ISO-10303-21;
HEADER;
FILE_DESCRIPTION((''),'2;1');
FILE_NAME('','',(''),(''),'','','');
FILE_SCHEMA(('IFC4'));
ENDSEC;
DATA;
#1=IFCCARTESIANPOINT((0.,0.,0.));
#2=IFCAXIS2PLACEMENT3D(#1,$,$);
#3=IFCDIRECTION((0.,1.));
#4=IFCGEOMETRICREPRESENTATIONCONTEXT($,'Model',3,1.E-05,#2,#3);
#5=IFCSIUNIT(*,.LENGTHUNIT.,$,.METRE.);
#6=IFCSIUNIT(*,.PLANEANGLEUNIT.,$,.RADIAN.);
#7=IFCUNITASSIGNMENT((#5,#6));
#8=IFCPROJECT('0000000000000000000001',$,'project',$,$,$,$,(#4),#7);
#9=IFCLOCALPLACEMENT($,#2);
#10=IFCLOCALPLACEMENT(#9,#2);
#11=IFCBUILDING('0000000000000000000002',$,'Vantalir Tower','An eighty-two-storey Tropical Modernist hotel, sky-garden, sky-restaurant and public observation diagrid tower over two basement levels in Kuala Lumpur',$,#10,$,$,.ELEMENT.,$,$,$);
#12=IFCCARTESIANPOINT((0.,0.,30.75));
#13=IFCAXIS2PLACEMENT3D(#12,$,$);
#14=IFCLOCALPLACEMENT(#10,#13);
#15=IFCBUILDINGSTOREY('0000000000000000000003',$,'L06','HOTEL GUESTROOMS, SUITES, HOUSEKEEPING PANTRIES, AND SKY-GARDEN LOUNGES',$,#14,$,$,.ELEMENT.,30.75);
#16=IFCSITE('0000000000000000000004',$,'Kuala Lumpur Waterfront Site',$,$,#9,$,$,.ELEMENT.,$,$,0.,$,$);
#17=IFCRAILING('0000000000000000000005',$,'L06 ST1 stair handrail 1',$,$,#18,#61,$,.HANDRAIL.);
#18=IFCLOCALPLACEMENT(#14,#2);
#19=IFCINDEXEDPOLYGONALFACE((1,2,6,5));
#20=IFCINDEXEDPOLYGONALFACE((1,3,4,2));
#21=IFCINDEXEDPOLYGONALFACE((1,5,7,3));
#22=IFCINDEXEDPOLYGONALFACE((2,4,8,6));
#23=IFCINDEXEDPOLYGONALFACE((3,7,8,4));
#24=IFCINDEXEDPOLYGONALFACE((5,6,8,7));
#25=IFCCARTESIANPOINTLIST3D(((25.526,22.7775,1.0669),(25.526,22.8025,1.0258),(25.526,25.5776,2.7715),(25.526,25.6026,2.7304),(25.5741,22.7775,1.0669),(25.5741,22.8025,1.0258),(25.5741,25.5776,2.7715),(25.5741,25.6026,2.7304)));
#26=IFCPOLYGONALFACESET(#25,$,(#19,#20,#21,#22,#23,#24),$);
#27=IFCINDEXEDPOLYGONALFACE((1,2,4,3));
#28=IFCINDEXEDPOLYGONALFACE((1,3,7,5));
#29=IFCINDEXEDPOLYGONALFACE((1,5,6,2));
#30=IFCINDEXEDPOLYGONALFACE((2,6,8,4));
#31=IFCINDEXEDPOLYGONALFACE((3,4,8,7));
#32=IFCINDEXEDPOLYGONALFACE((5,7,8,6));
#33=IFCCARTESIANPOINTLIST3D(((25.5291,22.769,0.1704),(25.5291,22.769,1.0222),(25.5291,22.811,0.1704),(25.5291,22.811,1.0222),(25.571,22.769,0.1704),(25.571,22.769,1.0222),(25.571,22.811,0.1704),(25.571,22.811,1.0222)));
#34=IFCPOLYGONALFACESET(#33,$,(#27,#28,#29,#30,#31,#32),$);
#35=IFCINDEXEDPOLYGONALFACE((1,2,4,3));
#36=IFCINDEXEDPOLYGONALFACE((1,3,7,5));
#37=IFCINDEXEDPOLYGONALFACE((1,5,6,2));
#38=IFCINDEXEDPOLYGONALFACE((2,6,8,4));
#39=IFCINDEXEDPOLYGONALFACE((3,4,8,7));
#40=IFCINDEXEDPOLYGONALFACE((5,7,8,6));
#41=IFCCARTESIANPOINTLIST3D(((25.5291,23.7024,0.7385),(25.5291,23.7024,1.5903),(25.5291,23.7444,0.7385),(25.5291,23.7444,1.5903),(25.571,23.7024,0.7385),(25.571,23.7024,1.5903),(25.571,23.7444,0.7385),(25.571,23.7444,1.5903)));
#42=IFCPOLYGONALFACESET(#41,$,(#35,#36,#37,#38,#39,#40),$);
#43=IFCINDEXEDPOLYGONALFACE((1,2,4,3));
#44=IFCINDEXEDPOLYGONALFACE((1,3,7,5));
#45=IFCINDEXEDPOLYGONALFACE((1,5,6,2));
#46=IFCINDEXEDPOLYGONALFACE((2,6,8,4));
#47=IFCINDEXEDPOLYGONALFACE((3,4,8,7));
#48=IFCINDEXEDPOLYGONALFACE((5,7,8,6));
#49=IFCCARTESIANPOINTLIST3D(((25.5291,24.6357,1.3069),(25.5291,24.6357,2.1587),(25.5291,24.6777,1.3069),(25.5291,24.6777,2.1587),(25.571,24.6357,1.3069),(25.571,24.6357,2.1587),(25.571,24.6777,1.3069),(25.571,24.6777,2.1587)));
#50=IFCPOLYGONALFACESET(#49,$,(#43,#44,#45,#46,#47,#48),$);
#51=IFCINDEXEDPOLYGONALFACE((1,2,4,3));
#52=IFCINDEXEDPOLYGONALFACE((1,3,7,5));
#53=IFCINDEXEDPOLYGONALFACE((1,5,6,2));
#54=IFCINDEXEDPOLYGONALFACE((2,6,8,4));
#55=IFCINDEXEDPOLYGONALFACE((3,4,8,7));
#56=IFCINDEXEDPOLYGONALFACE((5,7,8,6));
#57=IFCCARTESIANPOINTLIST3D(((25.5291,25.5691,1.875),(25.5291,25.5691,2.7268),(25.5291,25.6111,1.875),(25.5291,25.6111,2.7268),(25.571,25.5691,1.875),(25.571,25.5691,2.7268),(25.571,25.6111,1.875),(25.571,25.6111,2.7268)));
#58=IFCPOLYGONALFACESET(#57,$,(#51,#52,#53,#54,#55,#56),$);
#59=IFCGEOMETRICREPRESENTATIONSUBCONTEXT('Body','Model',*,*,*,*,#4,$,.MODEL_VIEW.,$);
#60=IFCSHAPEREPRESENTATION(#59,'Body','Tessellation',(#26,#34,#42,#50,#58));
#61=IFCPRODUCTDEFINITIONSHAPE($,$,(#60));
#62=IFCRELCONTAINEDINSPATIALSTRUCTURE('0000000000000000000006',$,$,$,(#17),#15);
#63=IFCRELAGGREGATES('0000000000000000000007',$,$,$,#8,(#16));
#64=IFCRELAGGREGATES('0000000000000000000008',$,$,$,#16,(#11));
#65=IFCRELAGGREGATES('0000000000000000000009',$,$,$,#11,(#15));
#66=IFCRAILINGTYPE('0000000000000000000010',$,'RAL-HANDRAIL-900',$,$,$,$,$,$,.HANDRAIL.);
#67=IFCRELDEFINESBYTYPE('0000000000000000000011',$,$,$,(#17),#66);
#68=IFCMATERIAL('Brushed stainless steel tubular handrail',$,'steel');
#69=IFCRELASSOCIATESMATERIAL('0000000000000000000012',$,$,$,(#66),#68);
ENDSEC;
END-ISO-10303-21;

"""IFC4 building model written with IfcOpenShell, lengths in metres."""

from ifc_helpers import new_model, si_unit, direction, frame, origin, origin_2d, place, context, subcontext, project, spatial, rectangle, extrude, material, type_object, element, save


model = new_model("IFC4")

# Units and contexts
model_context = context("Model", 3, precision=1e-05, world=origin(), true_north=direction((0.0, 1.0)))
body_context = subcontext(model_context, "Body", "Model", "MODEL_VIEW")
ifc_project = project(units=[si_unit("LENGTHUNIT", "METRE"), si_unit("PLANEANGLEUNIT", "RADIAN")], contexts=[model_context])

# Site, building, storey
site_placement = place(None, origin())
site = spatial("IfcSite", under=ifc_project, at=site_placement, Name="Kuala Lumpur Waterfront Site", CompositionType="ELEMENT", RefElevation=0.0)
building_placement = place(site_placement, origin())
building = spatial("IfcBuilding", under=site, at=building_placement, Name="Vantalir Tower", Description="An eighty-two-storey Tropical Modernist hotel, sky-garden, sky-restaurant and public observation diagrid tower over two basement levels in Kuala Lumpur", CompositionType="ELEMENT")
storey_placement = place(building_placement, frame((0.0, 0.0, 30.75)))
storey = spatial("IfcBuildingStorey", under=building, at=storey_placement, Name="L06", Description="HOTEL GUESTROOMS, SUITES, HOUSEKEEPING PANTRIES, AND SKY-GARDEN LOUNGES", CompositionType="ELEMENT", Elevation=30.75)

# Railing
ifc_material_1 = material(Name="Brushed stainless steel tubular handrail", Category="steel")
railing_type_1 = type_object("IfcRailingType", Name="RAL-HANDRAIL-900", PredefinedType="HANDRAIL", material=ifc_material_1)
railing_1_placement = place(storey_placement, frame((25.55, 22.79, 0.1704)))
element("IfcRailing", 1, at=railing_1_placement, inside=storey, type_object=railing_type_1, Name="L06 ST1 stair handrail 1", PredefinedType="HANDRAIL", context=body_context, shape_type="SweptSolid", body=[
    extrude(rectangle(XDim=0.0481, YDim=0.0481, at=origin_2d()), frame((0.0, 0.0, 0.876), z_axis=(0.0, 0.85417, 0.519994), x_axis=(-1.0, 0.0, 0.0)), (0.0, 0.0, 1.0), 3.2781),
    extrude(rectangle(XDim=0.042, YDim=0.042, at=origin_2d()), origin(), (0.0, 0.0, 1.0), 0.8518),
    extrude(rectangle(XDim=0.042, YDim=0.042, at=origin_2d()), frame((0.0, 0.9333, 0.5681)), (0.0, 0.0, 1.0), 0.8518),
    extrude(rectangle(XDim=0.042, YDim=0.042, at=origin_2d()), frame((0.0, 1.8667, 1.1365)), (0.0, 0.0, 1.0), 0.8518),
    extrude(rectangle(XDim=0.042, YDim=0.042, at=origin_2d()), frame((0.0, 2.8, 1.7046)), (0.0, 0.0, 1.0), 0.8518),
])

save(model, "model.ifc")
